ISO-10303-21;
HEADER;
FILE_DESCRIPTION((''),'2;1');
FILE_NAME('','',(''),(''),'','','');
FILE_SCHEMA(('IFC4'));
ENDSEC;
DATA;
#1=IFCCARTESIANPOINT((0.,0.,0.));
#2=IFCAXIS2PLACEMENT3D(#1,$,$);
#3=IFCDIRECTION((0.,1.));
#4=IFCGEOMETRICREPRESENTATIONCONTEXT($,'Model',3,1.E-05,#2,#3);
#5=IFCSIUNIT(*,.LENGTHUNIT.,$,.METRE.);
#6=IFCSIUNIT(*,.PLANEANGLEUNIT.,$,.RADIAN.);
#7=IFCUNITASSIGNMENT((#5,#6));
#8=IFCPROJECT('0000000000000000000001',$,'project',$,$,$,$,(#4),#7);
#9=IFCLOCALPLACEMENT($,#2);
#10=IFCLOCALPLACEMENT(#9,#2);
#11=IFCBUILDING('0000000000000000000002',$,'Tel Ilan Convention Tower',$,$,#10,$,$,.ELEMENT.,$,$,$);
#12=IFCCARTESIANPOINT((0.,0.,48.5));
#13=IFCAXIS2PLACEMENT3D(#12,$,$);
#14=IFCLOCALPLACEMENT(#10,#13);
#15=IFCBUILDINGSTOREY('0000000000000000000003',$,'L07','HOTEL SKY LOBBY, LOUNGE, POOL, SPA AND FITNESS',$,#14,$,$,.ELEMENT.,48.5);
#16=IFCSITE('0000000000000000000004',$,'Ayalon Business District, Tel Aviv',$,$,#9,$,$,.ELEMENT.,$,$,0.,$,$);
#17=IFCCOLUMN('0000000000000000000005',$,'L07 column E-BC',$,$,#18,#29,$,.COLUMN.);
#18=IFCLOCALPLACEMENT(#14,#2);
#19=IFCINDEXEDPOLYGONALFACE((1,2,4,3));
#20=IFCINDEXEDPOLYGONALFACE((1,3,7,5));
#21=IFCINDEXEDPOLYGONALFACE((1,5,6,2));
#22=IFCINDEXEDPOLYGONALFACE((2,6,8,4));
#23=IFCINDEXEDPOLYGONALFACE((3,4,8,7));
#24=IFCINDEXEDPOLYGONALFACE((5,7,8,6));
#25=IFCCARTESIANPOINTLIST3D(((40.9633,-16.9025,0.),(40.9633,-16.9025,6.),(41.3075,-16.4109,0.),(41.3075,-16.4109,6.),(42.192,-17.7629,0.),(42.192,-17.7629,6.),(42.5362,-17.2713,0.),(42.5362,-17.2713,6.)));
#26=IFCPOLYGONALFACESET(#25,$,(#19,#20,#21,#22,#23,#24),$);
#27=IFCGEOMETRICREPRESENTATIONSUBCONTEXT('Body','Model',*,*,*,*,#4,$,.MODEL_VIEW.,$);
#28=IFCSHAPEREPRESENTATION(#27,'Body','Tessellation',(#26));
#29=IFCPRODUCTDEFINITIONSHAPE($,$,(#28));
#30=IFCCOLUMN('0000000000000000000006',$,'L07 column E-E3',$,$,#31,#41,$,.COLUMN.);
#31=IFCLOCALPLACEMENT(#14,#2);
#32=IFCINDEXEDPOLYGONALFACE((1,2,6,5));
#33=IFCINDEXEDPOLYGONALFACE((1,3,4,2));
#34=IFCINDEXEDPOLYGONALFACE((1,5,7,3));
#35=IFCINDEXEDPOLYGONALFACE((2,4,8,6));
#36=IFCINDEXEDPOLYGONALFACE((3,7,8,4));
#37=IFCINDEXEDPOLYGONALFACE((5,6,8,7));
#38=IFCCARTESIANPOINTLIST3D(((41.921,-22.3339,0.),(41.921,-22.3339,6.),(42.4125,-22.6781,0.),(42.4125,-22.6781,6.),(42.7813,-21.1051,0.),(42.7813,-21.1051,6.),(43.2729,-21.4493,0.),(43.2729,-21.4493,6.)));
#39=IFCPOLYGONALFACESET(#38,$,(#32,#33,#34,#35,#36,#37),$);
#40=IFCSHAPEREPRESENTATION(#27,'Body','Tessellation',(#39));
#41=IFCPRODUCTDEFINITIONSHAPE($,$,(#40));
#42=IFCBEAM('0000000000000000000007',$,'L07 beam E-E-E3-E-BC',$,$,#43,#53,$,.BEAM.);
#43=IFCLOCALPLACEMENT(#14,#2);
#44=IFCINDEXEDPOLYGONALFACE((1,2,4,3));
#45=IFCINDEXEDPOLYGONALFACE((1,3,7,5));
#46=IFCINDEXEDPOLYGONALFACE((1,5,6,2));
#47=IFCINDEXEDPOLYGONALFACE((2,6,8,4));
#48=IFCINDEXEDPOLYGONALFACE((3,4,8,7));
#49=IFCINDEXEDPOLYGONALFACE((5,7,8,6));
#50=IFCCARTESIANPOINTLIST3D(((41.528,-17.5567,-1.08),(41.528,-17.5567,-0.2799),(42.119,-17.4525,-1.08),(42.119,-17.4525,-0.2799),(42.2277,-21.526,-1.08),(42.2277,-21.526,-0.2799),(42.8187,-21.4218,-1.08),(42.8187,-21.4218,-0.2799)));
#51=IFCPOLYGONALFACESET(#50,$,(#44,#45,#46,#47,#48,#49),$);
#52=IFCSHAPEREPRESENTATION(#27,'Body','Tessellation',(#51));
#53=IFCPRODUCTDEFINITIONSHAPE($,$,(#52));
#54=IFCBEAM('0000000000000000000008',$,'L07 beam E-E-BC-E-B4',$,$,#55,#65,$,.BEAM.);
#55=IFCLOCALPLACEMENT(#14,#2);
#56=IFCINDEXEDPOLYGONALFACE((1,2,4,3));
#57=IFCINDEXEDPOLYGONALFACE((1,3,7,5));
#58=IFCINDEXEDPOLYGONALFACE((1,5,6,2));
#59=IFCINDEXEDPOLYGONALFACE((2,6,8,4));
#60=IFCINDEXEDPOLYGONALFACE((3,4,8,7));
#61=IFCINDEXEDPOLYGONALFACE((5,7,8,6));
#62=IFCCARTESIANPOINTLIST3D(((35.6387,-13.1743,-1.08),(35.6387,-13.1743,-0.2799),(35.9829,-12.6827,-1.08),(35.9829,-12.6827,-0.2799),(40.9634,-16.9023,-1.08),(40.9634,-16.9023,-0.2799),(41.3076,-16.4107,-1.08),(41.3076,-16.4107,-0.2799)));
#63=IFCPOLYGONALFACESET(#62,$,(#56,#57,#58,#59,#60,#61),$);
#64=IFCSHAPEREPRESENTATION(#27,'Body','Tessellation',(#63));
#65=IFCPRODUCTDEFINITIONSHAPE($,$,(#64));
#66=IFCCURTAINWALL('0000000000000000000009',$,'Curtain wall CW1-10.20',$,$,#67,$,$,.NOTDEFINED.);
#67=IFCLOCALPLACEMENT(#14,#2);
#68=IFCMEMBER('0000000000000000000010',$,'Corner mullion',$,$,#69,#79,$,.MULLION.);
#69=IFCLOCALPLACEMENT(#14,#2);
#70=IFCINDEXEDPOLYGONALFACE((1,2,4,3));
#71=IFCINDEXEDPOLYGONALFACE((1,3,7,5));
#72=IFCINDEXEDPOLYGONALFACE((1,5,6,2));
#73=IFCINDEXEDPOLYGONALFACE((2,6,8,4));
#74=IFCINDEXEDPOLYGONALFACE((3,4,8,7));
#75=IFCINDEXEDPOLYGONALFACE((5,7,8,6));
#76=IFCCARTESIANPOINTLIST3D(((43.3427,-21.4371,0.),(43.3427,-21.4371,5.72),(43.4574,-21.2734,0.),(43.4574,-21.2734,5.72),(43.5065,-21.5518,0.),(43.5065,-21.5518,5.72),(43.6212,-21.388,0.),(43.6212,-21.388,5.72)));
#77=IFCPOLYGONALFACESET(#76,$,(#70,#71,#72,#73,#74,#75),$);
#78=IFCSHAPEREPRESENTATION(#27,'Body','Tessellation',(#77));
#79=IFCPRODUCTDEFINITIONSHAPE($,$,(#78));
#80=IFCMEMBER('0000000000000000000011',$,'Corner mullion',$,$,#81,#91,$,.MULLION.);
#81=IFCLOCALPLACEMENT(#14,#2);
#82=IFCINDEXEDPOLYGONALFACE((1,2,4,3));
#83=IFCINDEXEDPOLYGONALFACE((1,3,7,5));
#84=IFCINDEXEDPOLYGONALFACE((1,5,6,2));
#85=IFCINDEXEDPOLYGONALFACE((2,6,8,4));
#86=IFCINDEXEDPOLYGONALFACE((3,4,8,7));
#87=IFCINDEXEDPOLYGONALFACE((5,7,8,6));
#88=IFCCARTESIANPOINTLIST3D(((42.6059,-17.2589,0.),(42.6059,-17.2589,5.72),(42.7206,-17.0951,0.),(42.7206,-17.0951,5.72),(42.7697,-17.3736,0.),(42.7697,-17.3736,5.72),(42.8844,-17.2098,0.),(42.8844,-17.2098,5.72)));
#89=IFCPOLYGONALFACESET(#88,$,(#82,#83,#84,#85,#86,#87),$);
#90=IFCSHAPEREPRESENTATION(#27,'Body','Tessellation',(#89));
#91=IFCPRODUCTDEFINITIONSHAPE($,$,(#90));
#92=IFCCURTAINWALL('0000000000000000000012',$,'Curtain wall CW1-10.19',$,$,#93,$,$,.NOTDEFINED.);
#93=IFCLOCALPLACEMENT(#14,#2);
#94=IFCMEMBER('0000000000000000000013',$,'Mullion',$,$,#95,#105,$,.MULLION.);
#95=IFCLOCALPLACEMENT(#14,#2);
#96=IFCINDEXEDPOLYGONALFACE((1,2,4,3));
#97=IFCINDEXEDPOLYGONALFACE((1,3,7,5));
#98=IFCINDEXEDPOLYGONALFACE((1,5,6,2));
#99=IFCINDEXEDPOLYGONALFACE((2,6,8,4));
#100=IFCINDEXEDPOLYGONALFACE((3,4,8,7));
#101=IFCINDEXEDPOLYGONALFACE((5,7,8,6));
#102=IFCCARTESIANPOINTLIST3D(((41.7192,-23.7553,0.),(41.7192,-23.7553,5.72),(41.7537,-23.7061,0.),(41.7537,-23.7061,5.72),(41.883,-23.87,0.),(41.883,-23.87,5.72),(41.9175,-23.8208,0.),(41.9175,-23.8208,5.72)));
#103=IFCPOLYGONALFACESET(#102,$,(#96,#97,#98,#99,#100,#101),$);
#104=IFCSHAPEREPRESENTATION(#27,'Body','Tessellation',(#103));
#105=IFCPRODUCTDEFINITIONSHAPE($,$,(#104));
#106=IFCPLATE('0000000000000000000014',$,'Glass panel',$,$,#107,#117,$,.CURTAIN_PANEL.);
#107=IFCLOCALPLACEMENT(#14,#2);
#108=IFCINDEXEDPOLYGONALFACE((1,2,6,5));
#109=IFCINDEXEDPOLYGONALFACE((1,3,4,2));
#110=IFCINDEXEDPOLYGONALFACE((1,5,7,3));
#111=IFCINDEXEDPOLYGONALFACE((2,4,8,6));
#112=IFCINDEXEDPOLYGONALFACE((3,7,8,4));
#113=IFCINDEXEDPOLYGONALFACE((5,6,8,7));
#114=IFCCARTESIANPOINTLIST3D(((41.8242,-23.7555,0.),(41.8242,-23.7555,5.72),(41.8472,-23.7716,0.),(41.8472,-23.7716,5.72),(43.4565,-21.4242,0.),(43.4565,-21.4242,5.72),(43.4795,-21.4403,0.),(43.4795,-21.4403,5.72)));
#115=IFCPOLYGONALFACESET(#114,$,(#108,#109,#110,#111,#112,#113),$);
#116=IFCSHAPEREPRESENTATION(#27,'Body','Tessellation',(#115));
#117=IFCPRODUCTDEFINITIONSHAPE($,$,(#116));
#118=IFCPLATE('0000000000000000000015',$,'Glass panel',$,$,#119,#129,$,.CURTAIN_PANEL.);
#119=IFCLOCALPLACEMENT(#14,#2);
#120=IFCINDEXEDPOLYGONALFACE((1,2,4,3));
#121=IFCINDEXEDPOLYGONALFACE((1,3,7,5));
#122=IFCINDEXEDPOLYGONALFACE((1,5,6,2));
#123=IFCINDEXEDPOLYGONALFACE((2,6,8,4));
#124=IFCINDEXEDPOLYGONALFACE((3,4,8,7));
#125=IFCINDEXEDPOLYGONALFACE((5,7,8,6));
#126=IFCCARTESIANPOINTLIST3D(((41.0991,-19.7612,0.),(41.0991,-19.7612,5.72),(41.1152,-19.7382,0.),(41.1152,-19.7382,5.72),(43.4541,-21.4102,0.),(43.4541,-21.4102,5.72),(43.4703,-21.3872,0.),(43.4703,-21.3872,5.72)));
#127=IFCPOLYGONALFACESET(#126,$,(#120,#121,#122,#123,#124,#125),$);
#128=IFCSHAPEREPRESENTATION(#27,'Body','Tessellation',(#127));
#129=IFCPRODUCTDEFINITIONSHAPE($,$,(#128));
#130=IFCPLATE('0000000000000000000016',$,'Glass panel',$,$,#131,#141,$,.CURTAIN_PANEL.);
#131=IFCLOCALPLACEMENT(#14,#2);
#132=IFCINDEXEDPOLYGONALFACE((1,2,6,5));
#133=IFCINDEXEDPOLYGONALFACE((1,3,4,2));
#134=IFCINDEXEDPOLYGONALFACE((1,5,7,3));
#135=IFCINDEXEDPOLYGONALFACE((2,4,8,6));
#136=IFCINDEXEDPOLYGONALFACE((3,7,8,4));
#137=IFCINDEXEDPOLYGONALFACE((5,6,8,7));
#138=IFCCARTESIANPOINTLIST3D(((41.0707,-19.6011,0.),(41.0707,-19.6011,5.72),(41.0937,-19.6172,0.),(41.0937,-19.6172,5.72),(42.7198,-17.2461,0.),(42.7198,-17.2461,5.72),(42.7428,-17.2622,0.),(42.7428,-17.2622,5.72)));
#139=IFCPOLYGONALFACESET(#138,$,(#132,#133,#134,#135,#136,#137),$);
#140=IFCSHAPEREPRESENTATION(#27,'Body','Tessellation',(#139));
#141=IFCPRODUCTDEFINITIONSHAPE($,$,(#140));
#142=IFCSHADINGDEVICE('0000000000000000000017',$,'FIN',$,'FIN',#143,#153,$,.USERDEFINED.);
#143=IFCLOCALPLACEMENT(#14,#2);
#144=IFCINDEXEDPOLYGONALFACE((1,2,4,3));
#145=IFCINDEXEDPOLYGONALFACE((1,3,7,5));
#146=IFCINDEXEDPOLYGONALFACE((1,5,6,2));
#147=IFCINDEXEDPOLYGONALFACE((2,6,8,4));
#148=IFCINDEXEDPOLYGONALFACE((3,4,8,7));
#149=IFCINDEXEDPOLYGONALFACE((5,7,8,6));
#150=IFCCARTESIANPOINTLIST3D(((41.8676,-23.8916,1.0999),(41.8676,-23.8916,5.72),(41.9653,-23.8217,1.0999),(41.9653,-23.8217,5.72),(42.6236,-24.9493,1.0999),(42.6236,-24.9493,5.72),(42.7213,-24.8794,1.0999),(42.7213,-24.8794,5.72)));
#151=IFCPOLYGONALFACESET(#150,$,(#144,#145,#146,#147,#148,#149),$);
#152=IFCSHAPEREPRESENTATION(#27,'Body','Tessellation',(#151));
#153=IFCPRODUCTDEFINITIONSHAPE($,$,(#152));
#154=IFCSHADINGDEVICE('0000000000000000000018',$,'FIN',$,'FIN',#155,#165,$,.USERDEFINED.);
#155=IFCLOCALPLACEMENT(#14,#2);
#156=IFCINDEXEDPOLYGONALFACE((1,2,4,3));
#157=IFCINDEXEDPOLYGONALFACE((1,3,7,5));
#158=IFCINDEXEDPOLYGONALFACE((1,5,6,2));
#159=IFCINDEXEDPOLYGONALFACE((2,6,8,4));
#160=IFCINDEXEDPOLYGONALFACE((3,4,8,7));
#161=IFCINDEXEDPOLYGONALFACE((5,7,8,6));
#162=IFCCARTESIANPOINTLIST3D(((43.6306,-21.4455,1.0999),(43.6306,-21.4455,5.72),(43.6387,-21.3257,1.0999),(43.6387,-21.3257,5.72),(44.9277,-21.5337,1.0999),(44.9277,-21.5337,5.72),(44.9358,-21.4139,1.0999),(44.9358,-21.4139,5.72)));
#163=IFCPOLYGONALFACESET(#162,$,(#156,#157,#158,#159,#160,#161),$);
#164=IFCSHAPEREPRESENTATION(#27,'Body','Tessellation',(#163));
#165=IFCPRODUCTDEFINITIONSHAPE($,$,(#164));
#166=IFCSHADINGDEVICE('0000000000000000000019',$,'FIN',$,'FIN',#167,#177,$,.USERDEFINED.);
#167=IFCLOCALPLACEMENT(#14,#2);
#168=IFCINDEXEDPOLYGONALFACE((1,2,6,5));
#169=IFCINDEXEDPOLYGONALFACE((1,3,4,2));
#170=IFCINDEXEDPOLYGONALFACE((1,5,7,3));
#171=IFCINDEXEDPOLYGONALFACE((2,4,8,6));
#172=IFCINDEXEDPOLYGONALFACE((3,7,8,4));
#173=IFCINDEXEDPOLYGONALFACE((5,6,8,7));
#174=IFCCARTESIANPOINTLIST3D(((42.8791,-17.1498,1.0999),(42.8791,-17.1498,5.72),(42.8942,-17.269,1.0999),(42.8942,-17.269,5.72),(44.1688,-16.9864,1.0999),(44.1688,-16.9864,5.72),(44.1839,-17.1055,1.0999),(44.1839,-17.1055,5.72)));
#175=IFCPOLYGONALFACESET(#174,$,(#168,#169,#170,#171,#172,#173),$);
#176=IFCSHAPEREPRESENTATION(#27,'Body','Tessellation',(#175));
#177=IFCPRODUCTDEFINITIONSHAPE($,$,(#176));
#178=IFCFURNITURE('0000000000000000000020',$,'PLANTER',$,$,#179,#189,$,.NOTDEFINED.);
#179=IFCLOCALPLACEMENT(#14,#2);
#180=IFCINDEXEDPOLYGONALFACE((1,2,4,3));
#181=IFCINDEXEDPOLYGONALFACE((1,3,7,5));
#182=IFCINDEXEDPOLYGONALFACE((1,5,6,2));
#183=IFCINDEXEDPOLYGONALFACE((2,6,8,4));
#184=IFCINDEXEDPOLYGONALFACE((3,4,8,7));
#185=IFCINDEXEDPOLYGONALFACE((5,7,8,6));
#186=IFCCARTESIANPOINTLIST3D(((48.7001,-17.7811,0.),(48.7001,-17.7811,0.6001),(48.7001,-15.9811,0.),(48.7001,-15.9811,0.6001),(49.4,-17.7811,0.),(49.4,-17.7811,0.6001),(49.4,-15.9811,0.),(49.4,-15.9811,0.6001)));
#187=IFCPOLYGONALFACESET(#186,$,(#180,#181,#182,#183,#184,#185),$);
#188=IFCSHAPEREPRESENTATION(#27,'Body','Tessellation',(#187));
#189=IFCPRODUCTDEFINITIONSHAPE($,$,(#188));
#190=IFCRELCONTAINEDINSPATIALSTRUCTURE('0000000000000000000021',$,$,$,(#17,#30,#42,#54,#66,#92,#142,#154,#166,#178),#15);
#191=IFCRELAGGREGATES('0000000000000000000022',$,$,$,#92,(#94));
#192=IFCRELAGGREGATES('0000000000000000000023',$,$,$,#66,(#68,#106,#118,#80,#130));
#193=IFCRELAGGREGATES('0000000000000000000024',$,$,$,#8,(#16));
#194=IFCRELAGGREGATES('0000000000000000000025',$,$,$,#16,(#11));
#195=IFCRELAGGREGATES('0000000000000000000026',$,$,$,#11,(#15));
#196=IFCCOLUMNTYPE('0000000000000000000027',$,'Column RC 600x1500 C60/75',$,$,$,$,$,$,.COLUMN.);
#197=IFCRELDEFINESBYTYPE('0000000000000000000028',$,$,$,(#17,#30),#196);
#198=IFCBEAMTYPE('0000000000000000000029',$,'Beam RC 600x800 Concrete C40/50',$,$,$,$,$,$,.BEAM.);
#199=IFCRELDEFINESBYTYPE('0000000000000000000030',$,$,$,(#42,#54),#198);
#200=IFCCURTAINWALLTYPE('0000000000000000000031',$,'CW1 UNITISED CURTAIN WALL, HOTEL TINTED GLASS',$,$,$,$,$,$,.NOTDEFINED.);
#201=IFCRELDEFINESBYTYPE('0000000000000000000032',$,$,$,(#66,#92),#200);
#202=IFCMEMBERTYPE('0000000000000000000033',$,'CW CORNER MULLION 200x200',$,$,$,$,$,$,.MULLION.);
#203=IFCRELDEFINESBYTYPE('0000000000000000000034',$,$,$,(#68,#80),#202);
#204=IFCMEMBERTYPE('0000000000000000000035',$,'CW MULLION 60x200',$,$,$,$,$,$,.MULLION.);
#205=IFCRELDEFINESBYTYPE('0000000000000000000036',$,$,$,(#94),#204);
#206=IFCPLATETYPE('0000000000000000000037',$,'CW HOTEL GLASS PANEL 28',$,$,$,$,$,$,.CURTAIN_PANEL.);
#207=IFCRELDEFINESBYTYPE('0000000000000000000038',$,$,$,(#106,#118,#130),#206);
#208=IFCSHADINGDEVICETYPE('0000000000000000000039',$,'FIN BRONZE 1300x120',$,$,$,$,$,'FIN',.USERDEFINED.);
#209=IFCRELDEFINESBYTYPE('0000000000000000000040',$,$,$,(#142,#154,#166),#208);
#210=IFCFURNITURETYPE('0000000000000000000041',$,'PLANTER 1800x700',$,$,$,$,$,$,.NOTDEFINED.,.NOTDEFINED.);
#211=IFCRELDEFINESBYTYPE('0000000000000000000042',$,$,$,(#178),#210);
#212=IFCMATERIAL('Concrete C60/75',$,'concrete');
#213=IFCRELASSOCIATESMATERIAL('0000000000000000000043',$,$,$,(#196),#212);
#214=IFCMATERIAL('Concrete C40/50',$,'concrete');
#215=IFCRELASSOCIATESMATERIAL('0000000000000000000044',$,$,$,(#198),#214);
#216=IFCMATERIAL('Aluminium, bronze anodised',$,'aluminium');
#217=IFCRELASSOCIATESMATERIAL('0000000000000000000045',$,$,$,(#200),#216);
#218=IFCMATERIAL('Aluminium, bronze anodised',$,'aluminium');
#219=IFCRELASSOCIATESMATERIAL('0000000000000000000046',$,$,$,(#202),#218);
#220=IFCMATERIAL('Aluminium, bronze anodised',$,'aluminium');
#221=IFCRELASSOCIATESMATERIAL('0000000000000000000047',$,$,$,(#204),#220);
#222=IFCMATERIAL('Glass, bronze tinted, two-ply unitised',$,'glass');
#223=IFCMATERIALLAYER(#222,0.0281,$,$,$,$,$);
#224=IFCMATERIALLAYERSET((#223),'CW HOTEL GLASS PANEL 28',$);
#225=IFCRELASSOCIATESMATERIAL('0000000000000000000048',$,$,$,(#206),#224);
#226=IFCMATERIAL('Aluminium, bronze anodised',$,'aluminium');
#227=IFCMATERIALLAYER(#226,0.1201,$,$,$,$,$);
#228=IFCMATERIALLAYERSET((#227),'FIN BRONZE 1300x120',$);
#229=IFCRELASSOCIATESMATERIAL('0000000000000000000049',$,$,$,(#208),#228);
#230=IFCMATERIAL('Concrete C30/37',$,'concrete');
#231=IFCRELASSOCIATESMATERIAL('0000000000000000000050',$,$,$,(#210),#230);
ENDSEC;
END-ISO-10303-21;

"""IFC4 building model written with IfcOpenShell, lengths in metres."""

from ifc_helpers import new_model, si_unit, direction, frame, origin, origin_2d, place, context, subcontext, project, spatial, rectangle, extrude, material, layer, layer_set, material_profile, profile_set, type_object, element, aggregate, save


model = new_model("IFC4")

# Units and contexts
model_context = context("Model", 3, precision=1e-05, world=origin(), true_north=direction((0.0, 1.0)))
body_context = subcontext(model_context, "Body", "Model", "MODEL_VIEW")
ifc_project = project(units=[si_unit("LENGTHUNIT", "METRE"), si_unit("PLANEANGLEUNIT", "RADIAN")], contexts=[model_context])

# Site, building, storey
site_placement = place(None, origin())
site = spatial("IfcSite", under=ifc_project, at=site_placement, Name="Ayalon Business District, Tel Aviv", CompositionType="ELEMENT", RefElevation=0.0)
building_placement = place(site_placement, origin())
building = spatial("IfcBuilding", under=site, at=building_placement, Name="Tel Ilan Convention Tower", CompositionType="ELEMENT")
storey_placement = place(building_placement, frame((0.0, 0.0, 48.5)))
storey = spatial("IfcBuildingStorey", under=building, at=storey_placement, Name="L07", Description="HOTEL SKY LOBBY, LOUNGE, POOL, SPA AND FITNESS", CompositionType="ELEMENT", Elevation=48.5)

# Columns
ifc_material_1 = material(Name="Concrete C60/75", Category="concrete")
ifc_material_profile_1 = material_profile(ifc_material_1, rectangle(XDim=1.5, YDim=0.6001, at=origin_2d()), Name="RC 600x1500")
ifc_profile_set_1 = profile_set([ifc_material_profile_1], Name="Concrete C60/75")
column_type = type_object("IfcColumnType", Name="Column RC 600x1500 C60/75", PredefinedType="COLUMN", material=ifc_profile_set_1)
for number, where, z_axis, x_axis, name in (
    (1, (41.7498, -17.0869, 0.0), (0.0, 0.0, 1.0), (0.819152, -0.573576, 0.0), "L07 column E-BC"),
    (2, (42.5969, -21.8916, 0.0), (0.0, 0.0, 1.0), (0.573576, 0.819152, 0.0), "L07 column E-E3"),
):
    element("IfcColumn", number, at=place(storey_placement, frame(where, z_axis=z_axis, x_axis=x_axis)), inside=storey, type_object=column_type, Name=name, PredefinedType="COLUMN", context=body_context, shape_type="SweptSolid", body=[
        extrude(rectangle(XDim=1.5, YDim=0.6001, at=origin_2d()), origin(), (0.0, 0.0, 1.0), 6.0),
    ])

# Beams
ifc_material_2 = material(Name="Concrete C40/50", Category="concrete")
ifc_material_profile_2 = material_profile(ifc_material_2, rectangle(XDim=0.6001, YDim=0.8, at=origin_2d()), Name="RC 600x800")
ifc_profile_set_2 = profile_set([ifc_material_profile_2], Name="Concrete C40/50")
beam_type = type_object("IfcBeamType", Name="Beam RC 600x800 Concrete C40/50", PredefinedType="BEAM", material=ifc_profile_set_2)
beam_1_placement = place(storey_placement, frame((42.5232, -21.4739, -0.6799), z_axis=(-0.173606, 0.984815, 0.0), x_axis=(-0.984815, -0.173606, 0.0)))
element("IfcBeam", 3, at=beam_1_placement, inside=storey, type_object=beam_type, Name="L07 beam E-E-E3-E-BC", PredefinedType="BEAM", context=body_context, shape_type="SweptSolid", body=[
    extrude(rectangle(XDim=0.6001, YDim=0.8, at=origin_2d()), origin(), (0.0, 0.0, 1.0), 4.0305),
])
beam_2_placement = place(storey_placement, frame((41.1355, -16.6565, -0.6799), z_axis=(-0.819179, 0.573538, 0.0), x_axis=(-0.573538, -0.819179, 0.0)))
element("IfcBeam", 4, at=beam_2_placement, inside=storey, type_object=beam_type, Name="L07 beam E-E-BC-E-B4", PredefinedType="BEAM", context=body_context, shape_type="SweptSolid", body=[
    extrude(rectangle(XDim=0.6001, YDim=0.8, at=origin_2d()), origin(), (0.0, 0.0, 1.0), 6.5),
])

# Curtain wall, members
ifc_material_3 = material(Name="Aluminium, bronze anodised", Category="aluminium")
curtain_wall_type = type_object("IfcCurtainWallType", Name="CW1 UNITISED CURTAIN WALL, HOTEL TINTED GLASS", PredefinedType="NOTDEFINED", material=ifc_material_3)
curtain_wall_1_placement = place(storey_placement, origin())
curtain_wall_1 = element("IfcCurtainWall", 5, at=curtain_wall_1_placement, inside=storey, type_object=curtain_wall_type, Name="Curtain wall CW1-10.20", PredefinedType="NOTDEFINED")
ifc_material_4 = material(Name="Aluminium, bronze anodised", Category="aluminium")
ifc_material_profile_3 = material_profile(ifc_material_4, rectangle(XDim=0.2, YDim=0.2, at=origin_2d()), Name="CW CORNER MULLION 200x200")
ifc_profile_set_3 = profile_set([ifc_material_profile_3], Name="Aluminium, bronze anodised")
member_type_1 = type_object("IfcMemberType", Name="CW CORNER MULLION 200x200", PredefinedType="MULLION", material=ifc_profile_set_3)
member_1_placement = place(storey_placement, frame((43.4819, -21.4126, 0.0), z_axis=(0.0, 0.0, 1.0), x_axis=(0.573576, 0.819152, 0.0)))
member_1 = element("IfcMember", 6, at=member_1_placement, type_object=member_type_1, Name="Corner mullion", PredefinedType="MULLION", context=body_context, shape_type="SweptSolid", body=[
    extrude(rectangle(XDim=0.2, YDim=0.2, at=origin_2d()), origin(), (0.0, 0.0, 1.0), 5.72),
])
member_2_placement = place(storey_placement, frame((42.7451, -17.2344, 0.0), z_axis=(0.0, 0.0, 1.0), x_axis=(0.573576, 0.819152, 0.0)))
member_2 = element("IfcMember", 7, at=member_2_placement, type_object=member_type_1, Name="Corner mullion", PredefinedType="MULLION", context=body_context, shape_type="SweptSolid", body=[
    extrude(rectangle(XDim=0.2, YDim=0.2, at=origin_2d()), origin(), (0.0, 0.0, 1.0), 5.72),
])

# Curtain wall, member
curtain_wall_2_placement = place(storey_placement, origin())
curtain_wall_2 = element("IfcCurtainWall", 8, at=curtain_wall_2_placement, inside=storey, type_object=curtain_wall_type, Name="Curtain wall CW1-10.19", PredefinedType="NOTDEFINED")
ifc_material_5 = material(Name="Aluminium, bronze anodised", Category="aluminium")
ifc_material_profile_4 = material_profile(ifc_material_5, rectangle(XDim=0.0601, YDim=0.2, at=origin_2d()), Name="CW MULLION 60x200")
ifc_profile_set_4 = profile_set([ifc_material_profile_4], Name="Aluminium, bronze anodised")
member_type_2 = type_object("IfcMemberType", Name="CW MULLION 60x200", PredefinedType="MULLION", material=ifc_profile_set_4)
member_3_placement = place(storey_placement, frame((41.8184, -23.7881, 0.0), z_axis=(0.0, 0.0, 1.0), x_axis=(0.573576, 0.819152, 0.0)))
member_3 = element("IfcMember", 9, at=member_3_placement, type_object=member_type_2, Name="Mullion", PredefinedType="MULLION", context=body_context, shape_type="SweptSolid", body=[
    extrude(rectangle(XDim=0.0601, YDim=0.2, at=origin_2d()), origin(), (0.0, 0.0, 1.0), 5.72),
])
aggregate(curtain_wall_2, [member_3])

# Plates
ifc_material_6 = material(Name="Glass, bronze tinted, two-ply unitised", Category="glass")
ifc_layer_1 = layer(ifc_material_6, 0.0281)
ifc_layer_set_1 = layer_set([ifc_layer_1], Name="CW HOTEL GLASS PANEL 28")
plate_type = type_object("IfcPlateType", Name="CW HOTEL GLASS PANEL 28", PredefinedType="CURTAIN_PANEL", material=ifc_layer_set_1)
plate_1_placement = place(storey_placement, frame((42.6519, -22.5979, 0.0), z_axis=(0.0, 0.0, 1.0), x_axis=(0.573576, 0.819152, 0.0)))
plate_1 = element("IfcPlate", 10, at=plate_1_placement, type_object=plate_type, Name="Glass panel", PredefinedType="CURTAIN_PANEL", context=body_context, shape_type="SweptSolid", body=[
    extrude(rectangle(XDim=2.8459, YDim=0.0281, at=origin_2d()), origin(), (0.0, 0.0, 1.0), 5.72),
])
plate_2_placement = place(storey_placement, frame((42.2847, -20.5742, 0.0), z_axis=(0.0, 0.0, 1.0), x_axis=(-0.819152, 0.573576, 0.0)))
plate_2 = element("IfcPlate", 11, at=plate_2_placement, type_object=plate_type, Name="Glass panel", PredefinedType="CURTAIN_PANEL", context=body_context, shape_type="SweptSolid", body=[
    extrude(rectangle(XDim=2.875, YDim=0.0281, at=origin_2d()), origin(), (0.0, 0.0, 1.0), 5.72),
])
plate_3_placement = place(storey_placement, frame((41.9067, -18.4316, 0.0), z_axis=(0.0, 0.0, 1.0), x_axis=(0.573576, 0.819152, 0.0)))
plate_3 = element("IfcPlate", 12, at=plate_3_placement, type_object=plate_type, Name="Glass panel", PredefinedType="CURTAIN_PANEL", context=body_context, shape_type="SweptSolid", body=[
    extrude(rectangle(XDim=2.875, YDim=0.0281, at=origin_2d()), origin(), (0.0, 0.0, 1.0), 5.72),
])
aggregate(curtain_wall_1, [member_1, plate_1, plate_2, member_2, plate_3])

# Shading devices
ifc_material_7 = material(Name="Aluminium, bronze anodised", Category="aluminium")
ifc_layer_2 = layer(ifc_material_7, 0.1201)
ifc_layer_set_2 = layer_set([ifc_layer_2], Name="FIN BRONZE 1300x120")
shading_device_type = type_object("IfcShadingDeviceType", Name="FIN BRONZE 1300x120", ElementType="FIN", PredefinedType="USERDEFINED", material=ifc_layer_set_2)
for number, where, z_axis, x_axis, name in (
    (13, (42.2944, -24.3855, 1.0999), (0.0, 0.0, 1.0), (0.581492, -0.813552, 0.0), "FIN"),
    (14, (44.2832, -21.4297, 1.0999), (0.0, 0.0, 1.0), (0.997697, -0.067822, 0.0), "FIN"),
    (15, (43.5315, -17.1277, 1.0999), (0.0, 0.0, 1.0), (0.992066, 0.125718, 0.0), "FIN"),
):
    element("IfcShadingDevice", number, at=place(storey_placement, frame(where, z_axis=z_axis, x_axis=x_axis)), inside=storey, type_object=shading_device_type, Name=name, ObjectType="FIN", PredefinedType="USERDEFINED", context=body_context, shape_type="SweptSolid", body=[
        extrude(rectangle(XDim=1.3, YDim=0.1201, at=origin_2d()), origin(), (0.0, 0.0, 1.0), 4.6201),
    ])

# Furniture
ifc_material_8 = material(Name="Concrete C30/37", Category="concrete")
furniture_type = type_object("IfcFurnitureType", Name="PLANTER 1800x700", AssemblyPlace="NOTDEFINED", PredefinedType="NOTDEFINED", material=ifc_material_8)
for number, where, z_axis, x_axis, name in (
    (16, (49.05, -16.8811, 0.0), (0.0, 0.0, 1.0), (0.0, -1.0, 0.0), "PLANTER"),
):
    element("IfcFurniture", number, at=place(storey_placement, frame(where, z_axis=z_axis, x_axis=x_axis)), inside=storey, type_object=furniture_type, Name=name, PredefinedType="NOTDEFINED", context=body_context, shape_type="SweptSolid", body=[
        extrude(rectangle(XDim=1.8, YDim=0.7, at=origin_2d()), origin(), (0.0, 0.0, 1.0), 0.6001),
    ])

save(model, "model.ifc")
